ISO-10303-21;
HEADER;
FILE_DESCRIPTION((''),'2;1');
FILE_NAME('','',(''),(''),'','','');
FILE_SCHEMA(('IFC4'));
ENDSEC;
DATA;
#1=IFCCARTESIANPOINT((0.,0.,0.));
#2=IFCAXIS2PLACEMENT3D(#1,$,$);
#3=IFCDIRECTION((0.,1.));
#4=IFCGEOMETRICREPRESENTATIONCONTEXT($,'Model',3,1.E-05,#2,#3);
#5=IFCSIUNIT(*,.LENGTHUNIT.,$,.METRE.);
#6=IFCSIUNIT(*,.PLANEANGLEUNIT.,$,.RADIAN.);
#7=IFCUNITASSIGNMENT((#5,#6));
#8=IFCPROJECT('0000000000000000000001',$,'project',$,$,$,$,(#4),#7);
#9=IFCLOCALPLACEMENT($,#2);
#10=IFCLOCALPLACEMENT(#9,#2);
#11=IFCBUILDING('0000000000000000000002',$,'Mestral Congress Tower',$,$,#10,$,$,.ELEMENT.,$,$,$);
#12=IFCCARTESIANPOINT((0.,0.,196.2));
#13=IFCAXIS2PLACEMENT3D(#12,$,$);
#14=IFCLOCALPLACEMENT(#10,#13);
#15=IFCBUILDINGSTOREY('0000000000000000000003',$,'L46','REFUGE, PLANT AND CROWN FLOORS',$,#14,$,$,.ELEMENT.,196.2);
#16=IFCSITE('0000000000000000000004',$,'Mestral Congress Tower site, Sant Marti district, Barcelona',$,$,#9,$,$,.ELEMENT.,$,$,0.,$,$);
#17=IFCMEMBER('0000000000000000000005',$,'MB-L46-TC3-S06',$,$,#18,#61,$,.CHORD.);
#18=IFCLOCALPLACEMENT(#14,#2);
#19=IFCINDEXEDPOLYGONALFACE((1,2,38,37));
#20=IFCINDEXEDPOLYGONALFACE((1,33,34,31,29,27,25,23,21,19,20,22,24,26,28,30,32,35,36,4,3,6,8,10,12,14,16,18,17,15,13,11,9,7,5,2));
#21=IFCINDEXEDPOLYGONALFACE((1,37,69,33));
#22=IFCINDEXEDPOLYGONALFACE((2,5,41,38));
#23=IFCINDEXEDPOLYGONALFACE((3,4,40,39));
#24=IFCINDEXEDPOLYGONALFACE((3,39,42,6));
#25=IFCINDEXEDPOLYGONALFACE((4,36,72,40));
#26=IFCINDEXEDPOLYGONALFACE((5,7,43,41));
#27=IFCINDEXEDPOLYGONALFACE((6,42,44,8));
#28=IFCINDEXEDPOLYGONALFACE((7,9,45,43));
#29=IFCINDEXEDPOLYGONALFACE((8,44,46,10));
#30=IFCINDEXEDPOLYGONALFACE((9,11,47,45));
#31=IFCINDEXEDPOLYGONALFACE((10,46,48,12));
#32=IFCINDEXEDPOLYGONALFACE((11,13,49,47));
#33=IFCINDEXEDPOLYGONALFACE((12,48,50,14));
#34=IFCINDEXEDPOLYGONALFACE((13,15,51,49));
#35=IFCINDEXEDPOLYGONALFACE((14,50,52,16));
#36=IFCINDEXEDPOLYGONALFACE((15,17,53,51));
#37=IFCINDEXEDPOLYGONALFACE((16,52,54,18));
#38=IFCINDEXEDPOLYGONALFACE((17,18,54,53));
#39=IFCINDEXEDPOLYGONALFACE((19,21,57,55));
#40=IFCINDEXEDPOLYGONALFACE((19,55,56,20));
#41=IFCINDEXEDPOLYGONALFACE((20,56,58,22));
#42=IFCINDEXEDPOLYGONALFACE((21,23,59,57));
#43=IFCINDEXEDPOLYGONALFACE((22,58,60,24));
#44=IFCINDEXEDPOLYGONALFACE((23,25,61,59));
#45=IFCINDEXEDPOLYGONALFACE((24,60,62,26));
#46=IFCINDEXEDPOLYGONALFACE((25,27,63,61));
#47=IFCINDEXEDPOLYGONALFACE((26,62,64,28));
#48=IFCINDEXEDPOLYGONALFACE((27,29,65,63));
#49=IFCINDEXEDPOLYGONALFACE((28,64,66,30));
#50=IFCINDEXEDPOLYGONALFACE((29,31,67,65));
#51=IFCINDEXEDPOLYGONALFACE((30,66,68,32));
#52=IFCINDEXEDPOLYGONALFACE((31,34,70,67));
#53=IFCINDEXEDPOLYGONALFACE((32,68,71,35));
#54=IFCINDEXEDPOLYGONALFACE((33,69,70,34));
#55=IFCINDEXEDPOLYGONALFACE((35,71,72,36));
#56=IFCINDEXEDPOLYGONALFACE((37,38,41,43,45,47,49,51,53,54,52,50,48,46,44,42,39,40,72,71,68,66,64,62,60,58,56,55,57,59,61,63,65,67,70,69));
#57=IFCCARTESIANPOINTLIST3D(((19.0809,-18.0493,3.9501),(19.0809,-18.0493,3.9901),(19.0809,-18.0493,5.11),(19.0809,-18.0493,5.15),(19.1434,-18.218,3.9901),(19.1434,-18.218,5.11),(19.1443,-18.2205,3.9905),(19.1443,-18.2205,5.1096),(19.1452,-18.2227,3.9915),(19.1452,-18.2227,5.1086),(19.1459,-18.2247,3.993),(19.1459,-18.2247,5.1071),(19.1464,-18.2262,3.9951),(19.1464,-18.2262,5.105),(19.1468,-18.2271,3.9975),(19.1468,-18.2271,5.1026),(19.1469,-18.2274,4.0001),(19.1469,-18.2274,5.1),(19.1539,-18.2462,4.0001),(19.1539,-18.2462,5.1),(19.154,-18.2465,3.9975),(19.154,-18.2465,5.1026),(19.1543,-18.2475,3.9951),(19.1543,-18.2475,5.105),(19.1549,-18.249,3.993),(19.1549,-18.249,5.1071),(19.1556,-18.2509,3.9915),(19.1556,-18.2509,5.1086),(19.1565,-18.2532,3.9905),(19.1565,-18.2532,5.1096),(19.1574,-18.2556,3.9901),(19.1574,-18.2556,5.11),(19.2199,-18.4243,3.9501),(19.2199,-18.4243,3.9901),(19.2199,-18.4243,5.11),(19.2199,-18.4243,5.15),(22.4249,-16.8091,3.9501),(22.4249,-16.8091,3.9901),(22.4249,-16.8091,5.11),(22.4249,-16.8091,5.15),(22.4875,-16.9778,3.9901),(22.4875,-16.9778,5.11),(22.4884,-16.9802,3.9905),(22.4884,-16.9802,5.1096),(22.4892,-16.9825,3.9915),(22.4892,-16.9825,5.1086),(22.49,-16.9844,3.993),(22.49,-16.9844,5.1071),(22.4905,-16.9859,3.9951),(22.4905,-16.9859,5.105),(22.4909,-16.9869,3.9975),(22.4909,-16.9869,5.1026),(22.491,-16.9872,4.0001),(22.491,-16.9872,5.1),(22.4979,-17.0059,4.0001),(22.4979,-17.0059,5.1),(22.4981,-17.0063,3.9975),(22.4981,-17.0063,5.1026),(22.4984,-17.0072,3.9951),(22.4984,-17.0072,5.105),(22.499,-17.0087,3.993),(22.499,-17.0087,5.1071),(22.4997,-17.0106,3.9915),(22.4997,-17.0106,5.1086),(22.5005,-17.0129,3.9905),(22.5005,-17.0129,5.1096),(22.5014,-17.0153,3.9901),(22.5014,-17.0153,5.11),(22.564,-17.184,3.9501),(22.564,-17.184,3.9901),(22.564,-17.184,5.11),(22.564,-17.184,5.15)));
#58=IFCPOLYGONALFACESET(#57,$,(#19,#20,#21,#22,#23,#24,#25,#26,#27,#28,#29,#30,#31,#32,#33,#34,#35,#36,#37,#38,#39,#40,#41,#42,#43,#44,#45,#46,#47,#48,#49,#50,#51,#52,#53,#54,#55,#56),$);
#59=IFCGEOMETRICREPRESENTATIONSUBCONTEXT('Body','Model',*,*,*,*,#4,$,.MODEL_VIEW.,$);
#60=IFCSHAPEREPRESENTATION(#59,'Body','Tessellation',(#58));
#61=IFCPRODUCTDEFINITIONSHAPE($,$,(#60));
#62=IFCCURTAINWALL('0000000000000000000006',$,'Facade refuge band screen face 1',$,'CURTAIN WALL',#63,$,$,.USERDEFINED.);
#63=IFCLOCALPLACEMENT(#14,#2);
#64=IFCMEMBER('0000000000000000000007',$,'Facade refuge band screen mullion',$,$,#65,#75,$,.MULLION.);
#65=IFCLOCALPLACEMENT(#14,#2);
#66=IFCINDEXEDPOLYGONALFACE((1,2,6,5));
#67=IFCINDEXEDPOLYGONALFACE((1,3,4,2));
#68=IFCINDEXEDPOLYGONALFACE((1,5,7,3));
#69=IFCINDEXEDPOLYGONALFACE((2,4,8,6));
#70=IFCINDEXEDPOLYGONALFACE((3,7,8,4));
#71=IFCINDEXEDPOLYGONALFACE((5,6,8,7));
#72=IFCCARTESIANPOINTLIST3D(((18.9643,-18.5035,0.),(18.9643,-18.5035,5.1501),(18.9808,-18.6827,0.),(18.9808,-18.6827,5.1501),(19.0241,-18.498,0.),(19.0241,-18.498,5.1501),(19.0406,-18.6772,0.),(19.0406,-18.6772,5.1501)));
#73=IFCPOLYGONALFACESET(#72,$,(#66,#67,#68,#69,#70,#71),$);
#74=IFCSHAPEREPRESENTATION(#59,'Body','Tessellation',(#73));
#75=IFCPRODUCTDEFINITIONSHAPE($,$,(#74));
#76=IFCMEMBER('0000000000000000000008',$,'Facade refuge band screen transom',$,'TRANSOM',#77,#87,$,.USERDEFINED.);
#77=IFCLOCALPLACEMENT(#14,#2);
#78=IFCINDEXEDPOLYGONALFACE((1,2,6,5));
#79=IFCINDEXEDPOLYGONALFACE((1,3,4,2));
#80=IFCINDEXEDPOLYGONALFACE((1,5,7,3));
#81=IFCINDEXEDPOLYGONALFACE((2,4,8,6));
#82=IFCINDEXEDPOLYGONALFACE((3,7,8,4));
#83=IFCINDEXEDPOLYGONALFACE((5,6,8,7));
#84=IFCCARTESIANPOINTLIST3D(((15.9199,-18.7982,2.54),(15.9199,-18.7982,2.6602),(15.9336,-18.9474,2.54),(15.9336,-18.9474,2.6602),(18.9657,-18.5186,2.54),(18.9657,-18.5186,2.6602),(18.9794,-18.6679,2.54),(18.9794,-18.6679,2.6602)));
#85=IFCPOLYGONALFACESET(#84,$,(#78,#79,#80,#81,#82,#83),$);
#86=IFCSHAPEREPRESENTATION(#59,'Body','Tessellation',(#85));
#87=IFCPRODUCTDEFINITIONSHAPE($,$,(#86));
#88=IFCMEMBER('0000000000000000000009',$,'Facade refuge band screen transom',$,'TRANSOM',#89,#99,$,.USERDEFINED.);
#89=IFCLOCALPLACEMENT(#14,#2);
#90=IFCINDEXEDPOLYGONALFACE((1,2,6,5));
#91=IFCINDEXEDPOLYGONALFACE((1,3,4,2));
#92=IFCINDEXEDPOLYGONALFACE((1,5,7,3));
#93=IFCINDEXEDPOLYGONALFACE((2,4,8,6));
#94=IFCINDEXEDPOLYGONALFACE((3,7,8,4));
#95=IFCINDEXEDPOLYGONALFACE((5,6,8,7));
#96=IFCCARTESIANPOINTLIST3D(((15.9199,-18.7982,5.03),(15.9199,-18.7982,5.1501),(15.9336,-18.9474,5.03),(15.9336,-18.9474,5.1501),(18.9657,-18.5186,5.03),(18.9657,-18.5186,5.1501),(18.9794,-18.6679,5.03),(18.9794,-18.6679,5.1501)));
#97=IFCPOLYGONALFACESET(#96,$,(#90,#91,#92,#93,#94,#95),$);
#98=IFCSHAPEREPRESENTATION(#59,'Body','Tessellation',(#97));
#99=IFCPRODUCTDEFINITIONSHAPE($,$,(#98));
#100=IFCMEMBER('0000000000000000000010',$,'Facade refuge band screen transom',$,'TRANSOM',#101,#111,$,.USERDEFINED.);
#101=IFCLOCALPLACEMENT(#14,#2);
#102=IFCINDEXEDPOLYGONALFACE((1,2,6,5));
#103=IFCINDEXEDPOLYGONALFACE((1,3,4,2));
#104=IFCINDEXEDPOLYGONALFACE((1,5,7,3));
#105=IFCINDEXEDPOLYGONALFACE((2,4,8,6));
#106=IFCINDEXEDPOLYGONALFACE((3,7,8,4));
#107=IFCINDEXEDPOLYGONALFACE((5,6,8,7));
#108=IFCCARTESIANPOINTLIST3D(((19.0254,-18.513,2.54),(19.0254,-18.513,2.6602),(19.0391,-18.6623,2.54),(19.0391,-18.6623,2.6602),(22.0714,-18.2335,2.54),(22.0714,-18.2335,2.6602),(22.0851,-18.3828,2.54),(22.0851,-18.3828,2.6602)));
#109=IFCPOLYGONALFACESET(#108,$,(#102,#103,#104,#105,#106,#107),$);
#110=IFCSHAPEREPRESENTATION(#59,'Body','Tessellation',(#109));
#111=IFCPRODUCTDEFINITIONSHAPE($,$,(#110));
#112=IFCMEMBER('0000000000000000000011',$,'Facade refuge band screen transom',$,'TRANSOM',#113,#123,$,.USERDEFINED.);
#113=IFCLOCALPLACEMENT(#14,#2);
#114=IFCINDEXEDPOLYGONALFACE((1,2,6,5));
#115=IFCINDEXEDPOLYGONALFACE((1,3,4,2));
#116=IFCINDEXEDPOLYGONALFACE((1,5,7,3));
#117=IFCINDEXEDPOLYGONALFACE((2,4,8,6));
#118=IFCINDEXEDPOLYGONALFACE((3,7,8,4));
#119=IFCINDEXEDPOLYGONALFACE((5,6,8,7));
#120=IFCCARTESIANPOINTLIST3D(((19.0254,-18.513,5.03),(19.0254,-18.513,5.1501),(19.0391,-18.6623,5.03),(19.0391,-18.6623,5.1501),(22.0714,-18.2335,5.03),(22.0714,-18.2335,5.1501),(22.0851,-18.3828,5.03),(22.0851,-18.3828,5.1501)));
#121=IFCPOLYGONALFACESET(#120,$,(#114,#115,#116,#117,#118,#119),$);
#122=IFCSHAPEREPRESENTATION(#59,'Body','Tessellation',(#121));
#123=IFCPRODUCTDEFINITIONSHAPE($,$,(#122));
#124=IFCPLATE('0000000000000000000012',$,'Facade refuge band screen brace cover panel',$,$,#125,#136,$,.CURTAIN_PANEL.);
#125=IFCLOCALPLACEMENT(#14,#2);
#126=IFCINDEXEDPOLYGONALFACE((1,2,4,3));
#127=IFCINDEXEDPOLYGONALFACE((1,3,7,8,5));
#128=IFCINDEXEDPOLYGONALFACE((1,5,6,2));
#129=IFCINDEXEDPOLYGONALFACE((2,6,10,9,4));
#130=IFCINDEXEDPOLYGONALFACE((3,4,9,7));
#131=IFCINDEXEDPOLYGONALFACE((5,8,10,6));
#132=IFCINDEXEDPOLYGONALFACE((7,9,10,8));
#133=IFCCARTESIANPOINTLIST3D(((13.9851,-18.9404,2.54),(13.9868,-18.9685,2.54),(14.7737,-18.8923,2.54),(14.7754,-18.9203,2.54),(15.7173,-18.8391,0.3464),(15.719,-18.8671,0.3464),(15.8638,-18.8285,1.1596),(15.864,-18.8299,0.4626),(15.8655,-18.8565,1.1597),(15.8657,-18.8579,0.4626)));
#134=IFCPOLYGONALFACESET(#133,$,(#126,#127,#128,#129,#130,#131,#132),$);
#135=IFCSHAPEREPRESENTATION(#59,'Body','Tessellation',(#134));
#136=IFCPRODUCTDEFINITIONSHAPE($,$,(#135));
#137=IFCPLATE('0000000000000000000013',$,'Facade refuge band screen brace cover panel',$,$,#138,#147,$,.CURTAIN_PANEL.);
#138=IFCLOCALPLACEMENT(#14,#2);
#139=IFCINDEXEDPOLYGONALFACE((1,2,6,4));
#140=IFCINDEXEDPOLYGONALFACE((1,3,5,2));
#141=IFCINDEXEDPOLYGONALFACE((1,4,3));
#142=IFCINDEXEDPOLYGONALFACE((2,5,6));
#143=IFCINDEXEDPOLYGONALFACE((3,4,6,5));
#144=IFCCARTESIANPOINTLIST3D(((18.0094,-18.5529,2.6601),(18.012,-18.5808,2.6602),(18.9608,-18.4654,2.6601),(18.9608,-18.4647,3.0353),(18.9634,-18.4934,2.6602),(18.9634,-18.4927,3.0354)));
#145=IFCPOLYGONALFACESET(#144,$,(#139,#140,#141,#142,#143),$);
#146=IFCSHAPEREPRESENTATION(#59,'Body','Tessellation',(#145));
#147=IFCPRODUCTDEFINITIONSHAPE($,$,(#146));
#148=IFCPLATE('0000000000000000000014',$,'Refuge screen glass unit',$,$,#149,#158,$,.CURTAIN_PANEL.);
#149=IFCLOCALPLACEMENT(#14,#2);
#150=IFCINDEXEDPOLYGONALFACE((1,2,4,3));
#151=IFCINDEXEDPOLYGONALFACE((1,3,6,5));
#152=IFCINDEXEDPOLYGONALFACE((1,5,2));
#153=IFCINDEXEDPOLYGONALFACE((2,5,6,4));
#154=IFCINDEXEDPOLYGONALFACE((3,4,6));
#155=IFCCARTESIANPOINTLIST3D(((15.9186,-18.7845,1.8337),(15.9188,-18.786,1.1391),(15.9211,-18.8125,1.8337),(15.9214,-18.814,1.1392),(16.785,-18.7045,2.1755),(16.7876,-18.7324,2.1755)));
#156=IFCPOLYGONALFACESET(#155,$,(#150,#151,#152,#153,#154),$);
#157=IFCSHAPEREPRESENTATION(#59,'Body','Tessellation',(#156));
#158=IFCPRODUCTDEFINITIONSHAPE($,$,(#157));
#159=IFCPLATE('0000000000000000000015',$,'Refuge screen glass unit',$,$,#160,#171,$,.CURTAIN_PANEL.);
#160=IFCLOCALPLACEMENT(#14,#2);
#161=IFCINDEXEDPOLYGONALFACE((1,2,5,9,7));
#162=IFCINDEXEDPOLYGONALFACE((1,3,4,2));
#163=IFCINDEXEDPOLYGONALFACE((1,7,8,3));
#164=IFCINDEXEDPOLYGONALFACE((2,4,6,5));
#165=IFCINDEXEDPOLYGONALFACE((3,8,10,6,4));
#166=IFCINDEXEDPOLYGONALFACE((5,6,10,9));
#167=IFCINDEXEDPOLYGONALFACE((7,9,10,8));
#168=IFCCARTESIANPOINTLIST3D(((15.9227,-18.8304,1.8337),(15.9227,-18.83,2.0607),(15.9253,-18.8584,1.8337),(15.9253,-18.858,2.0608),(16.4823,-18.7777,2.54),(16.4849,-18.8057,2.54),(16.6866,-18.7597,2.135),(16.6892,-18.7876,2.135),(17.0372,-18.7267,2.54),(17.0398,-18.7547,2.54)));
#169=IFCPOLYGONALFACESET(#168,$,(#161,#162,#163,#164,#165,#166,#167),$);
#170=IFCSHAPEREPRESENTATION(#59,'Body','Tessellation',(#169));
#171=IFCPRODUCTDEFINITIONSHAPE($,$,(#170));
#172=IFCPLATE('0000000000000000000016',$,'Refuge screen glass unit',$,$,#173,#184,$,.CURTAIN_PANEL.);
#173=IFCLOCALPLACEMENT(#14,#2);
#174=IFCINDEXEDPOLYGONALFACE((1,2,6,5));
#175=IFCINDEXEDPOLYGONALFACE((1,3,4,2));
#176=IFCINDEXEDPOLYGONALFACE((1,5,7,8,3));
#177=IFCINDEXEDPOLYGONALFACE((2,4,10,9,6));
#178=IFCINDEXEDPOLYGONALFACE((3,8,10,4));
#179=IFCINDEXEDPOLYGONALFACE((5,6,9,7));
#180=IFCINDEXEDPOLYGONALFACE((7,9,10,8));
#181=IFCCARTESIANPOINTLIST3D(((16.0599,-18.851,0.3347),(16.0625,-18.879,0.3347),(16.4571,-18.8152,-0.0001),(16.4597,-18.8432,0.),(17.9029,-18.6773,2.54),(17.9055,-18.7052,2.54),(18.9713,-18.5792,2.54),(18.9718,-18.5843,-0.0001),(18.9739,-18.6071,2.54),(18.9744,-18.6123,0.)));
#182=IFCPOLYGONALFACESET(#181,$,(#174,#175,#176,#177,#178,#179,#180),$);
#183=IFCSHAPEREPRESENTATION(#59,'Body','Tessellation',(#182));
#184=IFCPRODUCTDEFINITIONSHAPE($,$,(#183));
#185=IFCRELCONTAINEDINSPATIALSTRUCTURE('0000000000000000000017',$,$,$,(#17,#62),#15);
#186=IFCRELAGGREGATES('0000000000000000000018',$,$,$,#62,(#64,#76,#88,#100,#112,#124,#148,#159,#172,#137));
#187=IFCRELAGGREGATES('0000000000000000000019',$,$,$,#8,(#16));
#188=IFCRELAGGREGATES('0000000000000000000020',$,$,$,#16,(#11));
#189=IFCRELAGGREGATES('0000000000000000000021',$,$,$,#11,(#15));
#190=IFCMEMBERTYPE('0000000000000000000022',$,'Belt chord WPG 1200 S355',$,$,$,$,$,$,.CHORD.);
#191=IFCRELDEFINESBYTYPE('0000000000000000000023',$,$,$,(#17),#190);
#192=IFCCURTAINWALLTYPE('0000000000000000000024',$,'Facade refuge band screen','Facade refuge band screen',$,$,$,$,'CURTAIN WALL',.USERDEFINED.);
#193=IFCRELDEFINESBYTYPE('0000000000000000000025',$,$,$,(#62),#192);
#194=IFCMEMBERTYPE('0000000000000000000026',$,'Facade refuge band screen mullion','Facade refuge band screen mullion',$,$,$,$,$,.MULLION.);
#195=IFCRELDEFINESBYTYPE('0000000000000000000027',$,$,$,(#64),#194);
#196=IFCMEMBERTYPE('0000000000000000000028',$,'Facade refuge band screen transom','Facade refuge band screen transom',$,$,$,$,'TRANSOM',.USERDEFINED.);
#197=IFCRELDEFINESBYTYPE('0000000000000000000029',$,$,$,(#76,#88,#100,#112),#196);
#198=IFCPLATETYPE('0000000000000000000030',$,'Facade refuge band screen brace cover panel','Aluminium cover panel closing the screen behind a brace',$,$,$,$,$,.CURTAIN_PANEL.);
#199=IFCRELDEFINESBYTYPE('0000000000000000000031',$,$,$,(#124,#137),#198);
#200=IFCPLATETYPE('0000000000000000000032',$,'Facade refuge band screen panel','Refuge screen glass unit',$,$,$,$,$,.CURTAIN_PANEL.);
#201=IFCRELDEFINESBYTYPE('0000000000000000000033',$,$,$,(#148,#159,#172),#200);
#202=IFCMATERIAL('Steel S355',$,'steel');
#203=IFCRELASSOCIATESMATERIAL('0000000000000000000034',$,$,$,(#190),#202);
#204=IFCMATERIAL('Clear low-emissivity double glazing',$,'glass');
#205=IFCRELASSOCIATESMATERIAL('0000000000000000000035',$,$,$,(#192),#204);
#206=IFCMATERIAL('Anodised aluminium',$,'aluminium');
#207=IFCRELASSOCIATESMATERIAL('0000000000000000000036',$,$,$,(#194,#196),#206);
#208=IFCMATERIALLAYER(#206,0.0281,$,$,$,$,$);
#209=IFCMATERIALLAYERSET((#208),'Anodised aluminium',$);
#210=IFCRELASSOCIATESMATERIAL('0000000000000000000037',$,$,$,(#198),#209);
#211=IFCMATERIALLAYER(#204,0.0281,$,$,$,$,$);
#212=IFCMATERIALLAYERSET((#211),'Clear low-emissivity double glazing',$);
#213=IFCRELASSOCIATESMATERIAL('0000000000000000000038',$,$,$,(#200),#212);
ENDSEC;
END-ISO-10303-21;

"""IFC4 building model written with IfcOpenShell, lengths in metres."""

from ifc_helpers import new_model, si_unit, direction, frame, origin, origin_2d, place, context, subcontext, project, spatial, polyline, rectangle, i_section, outline, extrude, material, layer, layer_set, material_profile, profile_set, type_object, element, aggregate, save


model = new_model("IFC4")

# Units and contexts
model_context = context("Model", 3, precision=1e-05, world=origin(), true_north=direction((0.0, 1.0)))
body_context = subcontext(model_context, "Body", "Model", "MODEL_VIEW")
ifc_project = project(units=[si_unit("LENGTHUNIT", "METRE"), si_unit("PLANEANGLEUNIT", "RADIAN")], contexts=[model_context])

# Site, building, storey
site_placement = place(None, origin())
site = spatial("IfcSite", under=ifc_project, at=site_placement, Name="Mestral Congress Tower site, Sant Marti district, Barcelona", CompositionType="ELEMENT", RefElevation=0.0)
building_placement = place(site_placement, origin())
building = spatial("IfcBuilding", under=site, at=building_placement, Name="Mestral Congress Tower", CompositionType="ELEMENT")
storey_placement = place(building_placement, frame((0.0, 0.0, 196.2)))
storey = spatial("IfcBuildingStorey", under=building, at=storey_placement, Name="L46", Description="REFUGE, PLANT AND CROWN FLOORS", CompositionType="ELEMENT", Elevation=196.2)

# Member
ifc_material_1 = material(Name="Steel S355", Category="steel")
ifc_material_profile_1 = material_profile(ifc_material_1, i_section(OverallWidth=0.3999, OverallDepth=1.2, WebThickness=0.02, FlangeThickness=0.04, FilletRadius=0.01, at=origin_2d()), Name="WPG 1200")
ifc_profile_set_1 = profile_set([ifc_material_profile_1], Name="Steel S355")
member_type_1 = type_object("IfcMemberType", Name="Belt chord WPG 1200 S355", PredefinedType="CHORD", material=ifc_profile_set_1)
member_1_placement = place(storey_placement, frame((19.1504, -18.2368, 4.55), z_axis=(0.937592, 0.347738, 0.0), x_axis=(-0.347738, 0.937592, 0.0)))
element("IfcMember", 1, at=member_1_placement, inside=storey, type_object=member_type_1, Name="MB-L46-TC3-S06", PredefinedType="CHORD", context=body_context, shape_type="SweptSolid", body=[
    extrude(i_section(OverallWidth=0.3999, OverallDepth=1.2, WebThickness=0.02, FlangeThickness=0.04, FilletRadius=0.01, at=origin_2d()), origin(), (0.0, 0.0, 1.0), 3.5667),
])

# Curtain wall, members, plates
ifc_material_2 = material(Name="Clear low-emissivity double glazing", Category="glass")
curtain_wall_type = type_object("IfcCurtainWallType", Name="Facade refuge band screen", Description="Facade refuge band screen", ElementType="CURTAIN WALL", PredefinedType="USERDEFINED", material=ifc_material_2)
placement = place(storey_placement, origin())
curtain_wall = element("IfcCurtainWall", 2, at=placement, inside=storey, type_object=curtain_wall_type, Name="Facade refuge band screen face 1", ObjectType="CURTAIN WALL", PredefinedType="USERDEFINED")
ifc_material_3 = material(Name="Anodised aluminium", Category="aluminium")
ifc_material_profile_2 = material_profile(ifc_material_3, rectangle(XDim=0.1799, YDim=0.0601, at=origin_2d()), Name="CW3 mullion 180 x 60")
ifc_profile_set_2 = profile_set([ifc_material_profile_2], Name="Anodised aluminium")
member_type_2 = type_object("IfcMemberType", Name="Facade refuge band screen mullion", Description="Facade refuge band screen mullion", PredefinedType="MULLION", material=ifc_profile_set_2)
member_2_placement = place(storey_placement, frame((19.0024, -18.5903, 0.0), z_axis=(0.0, 0.0, 1.0), x_axis=(0.091446, -0.99581, 0.0)))
member_2 = element("IfcMember", 3, at=member_2_placement, type_object=member_type_2, Name="Facade refuge band screen mullion", PredefinedType="MULLION", context=body_context, shape_type="SweptSolid", body=[
    extrude(rectangle(XDim=0.1799, YDim=0.0601, at=origin_2d()), origin(), (0.0, 0.0, 1.0), 5.1501),
])
ifc_material_profile_3 = material_profile(ifc_material_3, rectangle(XDim=0.1499, YDim=0.1201, at=origin_2d()), Name="CW3 transom 150 x 120")
ifc_profile_set_3 = profile_set([ifc_material_profile_3], Name="Anodised aluminium")
member_type_3 = type_object("IfcMemberType", Name="Facade refuge band screen transom", Description="Facade refuge band screen transom", ElementType="TRANSOM", PredefinedType="USERDEFINED", material=ifc_profile_set_3)
member_3_placement = place(storey_placement, frame((15.9268, -18.8728, 2.6001), z_axis=(0.995815, 0.091392, 0.0), x_axis=(-0.091392, 0.995815, 0.0)))
member_3 = element("IfcMember", 4, at=member_3_placement, type_object=member_type_3, Name="Facade refuge band screen transom", ObjectType="TRANSOM", PredefinedType="USERDEFINED", context=body_context, shape_type="SweptSolid", body=[
    extrude(rectangle(XDim=0.1499, YDim=0.1201, at=origin_2d()), origin(), (0.0, 0.0, 1.0), 3.0586),
])
member_4_placement = place(storey_placement, frame((15.9268, -18.8728, 5.0901), z_axis=(0.995815, 0.091392, 0.0), x_axis=(-0.091392, 0.995815, 0.0)))
member_4 = element("IfcMember", 5, at=member_4_placement, type_object=member_type_3, Name="Facade refuge band screen transom", ObjectType="TRANSOM", PredefinedType="USERDEFINED", context=body_context, shape_type="SweptSolid", body=[
    extrude(rectangle(XDim=0.1499, YDim=0.1201, at=origin_2d()), origin(), (0.0, 0.0, 1.0), 3.0586),
])
member_5_placement = place(storey_placement, frame((19.0322, -18.5876, 2.6001), z_axis=(0.995816, 0.091385, 0.0), x_axis=(-0.091385, 0.995816, 0.0)))
member_5 = element("IfcMember", 6, at=member_5_placement, type_object=member_type_3, Name="Facade refuge band screen transom", ObjectType="TRANSOM", PredefinedType="USERDEFINED", context=body_context, shape_type="SweptSolid", body=[
    extrude(rectangle(XDim=0.1499, YDim=0.1201, at=origin_2d()), origin(), (0.0, 0.0, 1.0), 3.0588),
])
member_6_placement = place(storey_placement, frame((19.0322, -18.5876, 5.0901), z_axis=(0.995816, 0.091385, 0.0), x_axis=(-0.091385, 0.995816, 0.0)))
member_6 = element("IfcMember", 7, at=member_6_placement, type_object=member_type_3, Name="Facade refuge band screen transom", ObjectType="TRANSOM", PredefinedType="USERDEFINED", context=body_context, shape_type="SweptSolid", body=[
    extrude(rectangle(XDim=0.1499, YDim=0.1201, at=origin_2d()), origin(), (0.0, 0.0, 1.0), 3.0588),
])
ifc_layer_1 = layer(ifc_material_3, 0.0281)
ifc_layer_set_1 = layer_set([ifc_layer_1], Name="Anodised aluminium")
plate_type_1 = type_object("IfcPlateType", Name="Facade refuge band screen brace cover panel", Description="Aluminium cover panel closing the screen behind a brace", PredefinedType="CURTAIN_PANEL", material=ifc_layer_set_1)
plate_1_placement = place(storey_placement, frame((15.8657, -18.8579, 0.4626), z_axis=(0.060991, -0.998136, 0.00204), x_axis=(-0.782947, -0.049109, -0.620147)))
plate_1 = element("IfcPlate", 8, at=plate_1_placement, type_object=plate_type_1, Name="Facade refuge band screen brace cover panel", PredefinedType="CURTAIN_PANEL", context=body_context, shape_type="SweptSolid", body=[
    extrude(outline(polyline([(0.0, 0.0), (0.1874, 0.0), (0.1882, -2.7969), (-0.4316, -2.3069), (-0.4321, -0.5469), (0.0, 0.0)])), origin(), (0.0, 0.0, -1.0), 0.0281),
])
plate_2_placement = place(storey_placement, frame((18.012, -18.5808, 2.6602), z_axis=(0.09148, -0.995805, 0.001944), x_axis=(0.926825, 0.085857, 0.365545)))
plate_2 = element("IfcPlate", 9, at=plate_2_placement, type_object=plate_type_1, Name="Facade refuge band screen brace cover panel", PredefinedType="CURTAIN_PANEL", context=body_context, shape_type="SweptSolid", body=[
    extrude(outline(polyline([(0.0, 0.0), (1.0265, 0.0), (0.8893, -0.3493), (0.0, 0.0)])), origin(), (0.0, 0.0, -1.0), 0.0281),
])
ifc_layer_2 = layer(ifc_material_2, 0.0281)
ifc_layer_set_2 = layer_set([ifc_layer_2], Name="Clear low-emissivity double glazing")
plate_type_2 = type_object("IfcPlateType", Name="Facade refuge band screen panel", Description="Refuge screen glass unit", PredefinedType="CURTAIN_PANEL", material=ifc_layer_set_2)
plate_3_placement = place(storey_placement, frame((15.9214, -18.814, 1.1392), z_axis=(0.091194, -0.995831, 0.002132), x_axis=(-0.000351, 0.002109, 0.999998)))
plate_3 = element("IfcPlate", 10, at=plate_3_placement, type_object=plate_type_2, Name="Refuge screen glass unit", PredefinedType="CURTAIN_PANEL", context=body_context, shape_type="SweptSolid", body=[
    extrude(outline(polyline([(0.0, 0.0), (0.6946, 0.0), (1.0362, -0.8702), (0.0, 0.0)])), origin(), (0.0, 0.0, -1.0), 0.0281),
])
plate_4_placement = place(storey_placement, frame((15.9253, -18.8584, 1.8337), z_axis=(0.091501, -0.995803, 0.001848), x_axis=(0.000027, 0.001858, 0.999998)))
plate_4 = element("IfcPlate", 11, at=plate_4_placement, type_object=plate_type_2, Name="Refuge screen glass unit", PredefinedType="CURTAIN_PANEL", context=body_context, shape_type="SweptSolid", body=[
    extrude(outline(polyline([(0.0, 0.0), (0.2271, 0.0), (0.7064, -0.5619), (0.7065, -1.1192), (0.3014, -0.7671), (0.0, 0.0)])), origin(), (0.0, 0.0, -1.0), 0.0281),
])
plate_5_placement = place(storey_placement, frame((18.9744, -18.6123, 0.0), z_axis=(0.091427, -0.99581, 0.002043), x_axis=(-0.995812, -0.091427, 0.0)))
plate_5 = element("IfcPlate", 12, at=plate_5_placement, type_object=plate_type_2, Name="Refuge screen glass unit", PredefinedType="CURTAIN_PANEL", context=body_context, shape_type="SweptSolid", body=[
    extrude(outline(polyline([(0.0, 0.0), (2.5252, 0.0), (2.924, -0.3347), (1.0729, -2.54), (0.0, -2.54), (0.0, 0.0)])), origin(), (0.0, 0.0, -1.0), 0.0281),
])

aggregate(curtain_wall, [member_2, member_3, member_4, member_5, member_6, plate_1, plate_3, plate_4, plate_5, plate_2])

save(model, "model.ifc")
